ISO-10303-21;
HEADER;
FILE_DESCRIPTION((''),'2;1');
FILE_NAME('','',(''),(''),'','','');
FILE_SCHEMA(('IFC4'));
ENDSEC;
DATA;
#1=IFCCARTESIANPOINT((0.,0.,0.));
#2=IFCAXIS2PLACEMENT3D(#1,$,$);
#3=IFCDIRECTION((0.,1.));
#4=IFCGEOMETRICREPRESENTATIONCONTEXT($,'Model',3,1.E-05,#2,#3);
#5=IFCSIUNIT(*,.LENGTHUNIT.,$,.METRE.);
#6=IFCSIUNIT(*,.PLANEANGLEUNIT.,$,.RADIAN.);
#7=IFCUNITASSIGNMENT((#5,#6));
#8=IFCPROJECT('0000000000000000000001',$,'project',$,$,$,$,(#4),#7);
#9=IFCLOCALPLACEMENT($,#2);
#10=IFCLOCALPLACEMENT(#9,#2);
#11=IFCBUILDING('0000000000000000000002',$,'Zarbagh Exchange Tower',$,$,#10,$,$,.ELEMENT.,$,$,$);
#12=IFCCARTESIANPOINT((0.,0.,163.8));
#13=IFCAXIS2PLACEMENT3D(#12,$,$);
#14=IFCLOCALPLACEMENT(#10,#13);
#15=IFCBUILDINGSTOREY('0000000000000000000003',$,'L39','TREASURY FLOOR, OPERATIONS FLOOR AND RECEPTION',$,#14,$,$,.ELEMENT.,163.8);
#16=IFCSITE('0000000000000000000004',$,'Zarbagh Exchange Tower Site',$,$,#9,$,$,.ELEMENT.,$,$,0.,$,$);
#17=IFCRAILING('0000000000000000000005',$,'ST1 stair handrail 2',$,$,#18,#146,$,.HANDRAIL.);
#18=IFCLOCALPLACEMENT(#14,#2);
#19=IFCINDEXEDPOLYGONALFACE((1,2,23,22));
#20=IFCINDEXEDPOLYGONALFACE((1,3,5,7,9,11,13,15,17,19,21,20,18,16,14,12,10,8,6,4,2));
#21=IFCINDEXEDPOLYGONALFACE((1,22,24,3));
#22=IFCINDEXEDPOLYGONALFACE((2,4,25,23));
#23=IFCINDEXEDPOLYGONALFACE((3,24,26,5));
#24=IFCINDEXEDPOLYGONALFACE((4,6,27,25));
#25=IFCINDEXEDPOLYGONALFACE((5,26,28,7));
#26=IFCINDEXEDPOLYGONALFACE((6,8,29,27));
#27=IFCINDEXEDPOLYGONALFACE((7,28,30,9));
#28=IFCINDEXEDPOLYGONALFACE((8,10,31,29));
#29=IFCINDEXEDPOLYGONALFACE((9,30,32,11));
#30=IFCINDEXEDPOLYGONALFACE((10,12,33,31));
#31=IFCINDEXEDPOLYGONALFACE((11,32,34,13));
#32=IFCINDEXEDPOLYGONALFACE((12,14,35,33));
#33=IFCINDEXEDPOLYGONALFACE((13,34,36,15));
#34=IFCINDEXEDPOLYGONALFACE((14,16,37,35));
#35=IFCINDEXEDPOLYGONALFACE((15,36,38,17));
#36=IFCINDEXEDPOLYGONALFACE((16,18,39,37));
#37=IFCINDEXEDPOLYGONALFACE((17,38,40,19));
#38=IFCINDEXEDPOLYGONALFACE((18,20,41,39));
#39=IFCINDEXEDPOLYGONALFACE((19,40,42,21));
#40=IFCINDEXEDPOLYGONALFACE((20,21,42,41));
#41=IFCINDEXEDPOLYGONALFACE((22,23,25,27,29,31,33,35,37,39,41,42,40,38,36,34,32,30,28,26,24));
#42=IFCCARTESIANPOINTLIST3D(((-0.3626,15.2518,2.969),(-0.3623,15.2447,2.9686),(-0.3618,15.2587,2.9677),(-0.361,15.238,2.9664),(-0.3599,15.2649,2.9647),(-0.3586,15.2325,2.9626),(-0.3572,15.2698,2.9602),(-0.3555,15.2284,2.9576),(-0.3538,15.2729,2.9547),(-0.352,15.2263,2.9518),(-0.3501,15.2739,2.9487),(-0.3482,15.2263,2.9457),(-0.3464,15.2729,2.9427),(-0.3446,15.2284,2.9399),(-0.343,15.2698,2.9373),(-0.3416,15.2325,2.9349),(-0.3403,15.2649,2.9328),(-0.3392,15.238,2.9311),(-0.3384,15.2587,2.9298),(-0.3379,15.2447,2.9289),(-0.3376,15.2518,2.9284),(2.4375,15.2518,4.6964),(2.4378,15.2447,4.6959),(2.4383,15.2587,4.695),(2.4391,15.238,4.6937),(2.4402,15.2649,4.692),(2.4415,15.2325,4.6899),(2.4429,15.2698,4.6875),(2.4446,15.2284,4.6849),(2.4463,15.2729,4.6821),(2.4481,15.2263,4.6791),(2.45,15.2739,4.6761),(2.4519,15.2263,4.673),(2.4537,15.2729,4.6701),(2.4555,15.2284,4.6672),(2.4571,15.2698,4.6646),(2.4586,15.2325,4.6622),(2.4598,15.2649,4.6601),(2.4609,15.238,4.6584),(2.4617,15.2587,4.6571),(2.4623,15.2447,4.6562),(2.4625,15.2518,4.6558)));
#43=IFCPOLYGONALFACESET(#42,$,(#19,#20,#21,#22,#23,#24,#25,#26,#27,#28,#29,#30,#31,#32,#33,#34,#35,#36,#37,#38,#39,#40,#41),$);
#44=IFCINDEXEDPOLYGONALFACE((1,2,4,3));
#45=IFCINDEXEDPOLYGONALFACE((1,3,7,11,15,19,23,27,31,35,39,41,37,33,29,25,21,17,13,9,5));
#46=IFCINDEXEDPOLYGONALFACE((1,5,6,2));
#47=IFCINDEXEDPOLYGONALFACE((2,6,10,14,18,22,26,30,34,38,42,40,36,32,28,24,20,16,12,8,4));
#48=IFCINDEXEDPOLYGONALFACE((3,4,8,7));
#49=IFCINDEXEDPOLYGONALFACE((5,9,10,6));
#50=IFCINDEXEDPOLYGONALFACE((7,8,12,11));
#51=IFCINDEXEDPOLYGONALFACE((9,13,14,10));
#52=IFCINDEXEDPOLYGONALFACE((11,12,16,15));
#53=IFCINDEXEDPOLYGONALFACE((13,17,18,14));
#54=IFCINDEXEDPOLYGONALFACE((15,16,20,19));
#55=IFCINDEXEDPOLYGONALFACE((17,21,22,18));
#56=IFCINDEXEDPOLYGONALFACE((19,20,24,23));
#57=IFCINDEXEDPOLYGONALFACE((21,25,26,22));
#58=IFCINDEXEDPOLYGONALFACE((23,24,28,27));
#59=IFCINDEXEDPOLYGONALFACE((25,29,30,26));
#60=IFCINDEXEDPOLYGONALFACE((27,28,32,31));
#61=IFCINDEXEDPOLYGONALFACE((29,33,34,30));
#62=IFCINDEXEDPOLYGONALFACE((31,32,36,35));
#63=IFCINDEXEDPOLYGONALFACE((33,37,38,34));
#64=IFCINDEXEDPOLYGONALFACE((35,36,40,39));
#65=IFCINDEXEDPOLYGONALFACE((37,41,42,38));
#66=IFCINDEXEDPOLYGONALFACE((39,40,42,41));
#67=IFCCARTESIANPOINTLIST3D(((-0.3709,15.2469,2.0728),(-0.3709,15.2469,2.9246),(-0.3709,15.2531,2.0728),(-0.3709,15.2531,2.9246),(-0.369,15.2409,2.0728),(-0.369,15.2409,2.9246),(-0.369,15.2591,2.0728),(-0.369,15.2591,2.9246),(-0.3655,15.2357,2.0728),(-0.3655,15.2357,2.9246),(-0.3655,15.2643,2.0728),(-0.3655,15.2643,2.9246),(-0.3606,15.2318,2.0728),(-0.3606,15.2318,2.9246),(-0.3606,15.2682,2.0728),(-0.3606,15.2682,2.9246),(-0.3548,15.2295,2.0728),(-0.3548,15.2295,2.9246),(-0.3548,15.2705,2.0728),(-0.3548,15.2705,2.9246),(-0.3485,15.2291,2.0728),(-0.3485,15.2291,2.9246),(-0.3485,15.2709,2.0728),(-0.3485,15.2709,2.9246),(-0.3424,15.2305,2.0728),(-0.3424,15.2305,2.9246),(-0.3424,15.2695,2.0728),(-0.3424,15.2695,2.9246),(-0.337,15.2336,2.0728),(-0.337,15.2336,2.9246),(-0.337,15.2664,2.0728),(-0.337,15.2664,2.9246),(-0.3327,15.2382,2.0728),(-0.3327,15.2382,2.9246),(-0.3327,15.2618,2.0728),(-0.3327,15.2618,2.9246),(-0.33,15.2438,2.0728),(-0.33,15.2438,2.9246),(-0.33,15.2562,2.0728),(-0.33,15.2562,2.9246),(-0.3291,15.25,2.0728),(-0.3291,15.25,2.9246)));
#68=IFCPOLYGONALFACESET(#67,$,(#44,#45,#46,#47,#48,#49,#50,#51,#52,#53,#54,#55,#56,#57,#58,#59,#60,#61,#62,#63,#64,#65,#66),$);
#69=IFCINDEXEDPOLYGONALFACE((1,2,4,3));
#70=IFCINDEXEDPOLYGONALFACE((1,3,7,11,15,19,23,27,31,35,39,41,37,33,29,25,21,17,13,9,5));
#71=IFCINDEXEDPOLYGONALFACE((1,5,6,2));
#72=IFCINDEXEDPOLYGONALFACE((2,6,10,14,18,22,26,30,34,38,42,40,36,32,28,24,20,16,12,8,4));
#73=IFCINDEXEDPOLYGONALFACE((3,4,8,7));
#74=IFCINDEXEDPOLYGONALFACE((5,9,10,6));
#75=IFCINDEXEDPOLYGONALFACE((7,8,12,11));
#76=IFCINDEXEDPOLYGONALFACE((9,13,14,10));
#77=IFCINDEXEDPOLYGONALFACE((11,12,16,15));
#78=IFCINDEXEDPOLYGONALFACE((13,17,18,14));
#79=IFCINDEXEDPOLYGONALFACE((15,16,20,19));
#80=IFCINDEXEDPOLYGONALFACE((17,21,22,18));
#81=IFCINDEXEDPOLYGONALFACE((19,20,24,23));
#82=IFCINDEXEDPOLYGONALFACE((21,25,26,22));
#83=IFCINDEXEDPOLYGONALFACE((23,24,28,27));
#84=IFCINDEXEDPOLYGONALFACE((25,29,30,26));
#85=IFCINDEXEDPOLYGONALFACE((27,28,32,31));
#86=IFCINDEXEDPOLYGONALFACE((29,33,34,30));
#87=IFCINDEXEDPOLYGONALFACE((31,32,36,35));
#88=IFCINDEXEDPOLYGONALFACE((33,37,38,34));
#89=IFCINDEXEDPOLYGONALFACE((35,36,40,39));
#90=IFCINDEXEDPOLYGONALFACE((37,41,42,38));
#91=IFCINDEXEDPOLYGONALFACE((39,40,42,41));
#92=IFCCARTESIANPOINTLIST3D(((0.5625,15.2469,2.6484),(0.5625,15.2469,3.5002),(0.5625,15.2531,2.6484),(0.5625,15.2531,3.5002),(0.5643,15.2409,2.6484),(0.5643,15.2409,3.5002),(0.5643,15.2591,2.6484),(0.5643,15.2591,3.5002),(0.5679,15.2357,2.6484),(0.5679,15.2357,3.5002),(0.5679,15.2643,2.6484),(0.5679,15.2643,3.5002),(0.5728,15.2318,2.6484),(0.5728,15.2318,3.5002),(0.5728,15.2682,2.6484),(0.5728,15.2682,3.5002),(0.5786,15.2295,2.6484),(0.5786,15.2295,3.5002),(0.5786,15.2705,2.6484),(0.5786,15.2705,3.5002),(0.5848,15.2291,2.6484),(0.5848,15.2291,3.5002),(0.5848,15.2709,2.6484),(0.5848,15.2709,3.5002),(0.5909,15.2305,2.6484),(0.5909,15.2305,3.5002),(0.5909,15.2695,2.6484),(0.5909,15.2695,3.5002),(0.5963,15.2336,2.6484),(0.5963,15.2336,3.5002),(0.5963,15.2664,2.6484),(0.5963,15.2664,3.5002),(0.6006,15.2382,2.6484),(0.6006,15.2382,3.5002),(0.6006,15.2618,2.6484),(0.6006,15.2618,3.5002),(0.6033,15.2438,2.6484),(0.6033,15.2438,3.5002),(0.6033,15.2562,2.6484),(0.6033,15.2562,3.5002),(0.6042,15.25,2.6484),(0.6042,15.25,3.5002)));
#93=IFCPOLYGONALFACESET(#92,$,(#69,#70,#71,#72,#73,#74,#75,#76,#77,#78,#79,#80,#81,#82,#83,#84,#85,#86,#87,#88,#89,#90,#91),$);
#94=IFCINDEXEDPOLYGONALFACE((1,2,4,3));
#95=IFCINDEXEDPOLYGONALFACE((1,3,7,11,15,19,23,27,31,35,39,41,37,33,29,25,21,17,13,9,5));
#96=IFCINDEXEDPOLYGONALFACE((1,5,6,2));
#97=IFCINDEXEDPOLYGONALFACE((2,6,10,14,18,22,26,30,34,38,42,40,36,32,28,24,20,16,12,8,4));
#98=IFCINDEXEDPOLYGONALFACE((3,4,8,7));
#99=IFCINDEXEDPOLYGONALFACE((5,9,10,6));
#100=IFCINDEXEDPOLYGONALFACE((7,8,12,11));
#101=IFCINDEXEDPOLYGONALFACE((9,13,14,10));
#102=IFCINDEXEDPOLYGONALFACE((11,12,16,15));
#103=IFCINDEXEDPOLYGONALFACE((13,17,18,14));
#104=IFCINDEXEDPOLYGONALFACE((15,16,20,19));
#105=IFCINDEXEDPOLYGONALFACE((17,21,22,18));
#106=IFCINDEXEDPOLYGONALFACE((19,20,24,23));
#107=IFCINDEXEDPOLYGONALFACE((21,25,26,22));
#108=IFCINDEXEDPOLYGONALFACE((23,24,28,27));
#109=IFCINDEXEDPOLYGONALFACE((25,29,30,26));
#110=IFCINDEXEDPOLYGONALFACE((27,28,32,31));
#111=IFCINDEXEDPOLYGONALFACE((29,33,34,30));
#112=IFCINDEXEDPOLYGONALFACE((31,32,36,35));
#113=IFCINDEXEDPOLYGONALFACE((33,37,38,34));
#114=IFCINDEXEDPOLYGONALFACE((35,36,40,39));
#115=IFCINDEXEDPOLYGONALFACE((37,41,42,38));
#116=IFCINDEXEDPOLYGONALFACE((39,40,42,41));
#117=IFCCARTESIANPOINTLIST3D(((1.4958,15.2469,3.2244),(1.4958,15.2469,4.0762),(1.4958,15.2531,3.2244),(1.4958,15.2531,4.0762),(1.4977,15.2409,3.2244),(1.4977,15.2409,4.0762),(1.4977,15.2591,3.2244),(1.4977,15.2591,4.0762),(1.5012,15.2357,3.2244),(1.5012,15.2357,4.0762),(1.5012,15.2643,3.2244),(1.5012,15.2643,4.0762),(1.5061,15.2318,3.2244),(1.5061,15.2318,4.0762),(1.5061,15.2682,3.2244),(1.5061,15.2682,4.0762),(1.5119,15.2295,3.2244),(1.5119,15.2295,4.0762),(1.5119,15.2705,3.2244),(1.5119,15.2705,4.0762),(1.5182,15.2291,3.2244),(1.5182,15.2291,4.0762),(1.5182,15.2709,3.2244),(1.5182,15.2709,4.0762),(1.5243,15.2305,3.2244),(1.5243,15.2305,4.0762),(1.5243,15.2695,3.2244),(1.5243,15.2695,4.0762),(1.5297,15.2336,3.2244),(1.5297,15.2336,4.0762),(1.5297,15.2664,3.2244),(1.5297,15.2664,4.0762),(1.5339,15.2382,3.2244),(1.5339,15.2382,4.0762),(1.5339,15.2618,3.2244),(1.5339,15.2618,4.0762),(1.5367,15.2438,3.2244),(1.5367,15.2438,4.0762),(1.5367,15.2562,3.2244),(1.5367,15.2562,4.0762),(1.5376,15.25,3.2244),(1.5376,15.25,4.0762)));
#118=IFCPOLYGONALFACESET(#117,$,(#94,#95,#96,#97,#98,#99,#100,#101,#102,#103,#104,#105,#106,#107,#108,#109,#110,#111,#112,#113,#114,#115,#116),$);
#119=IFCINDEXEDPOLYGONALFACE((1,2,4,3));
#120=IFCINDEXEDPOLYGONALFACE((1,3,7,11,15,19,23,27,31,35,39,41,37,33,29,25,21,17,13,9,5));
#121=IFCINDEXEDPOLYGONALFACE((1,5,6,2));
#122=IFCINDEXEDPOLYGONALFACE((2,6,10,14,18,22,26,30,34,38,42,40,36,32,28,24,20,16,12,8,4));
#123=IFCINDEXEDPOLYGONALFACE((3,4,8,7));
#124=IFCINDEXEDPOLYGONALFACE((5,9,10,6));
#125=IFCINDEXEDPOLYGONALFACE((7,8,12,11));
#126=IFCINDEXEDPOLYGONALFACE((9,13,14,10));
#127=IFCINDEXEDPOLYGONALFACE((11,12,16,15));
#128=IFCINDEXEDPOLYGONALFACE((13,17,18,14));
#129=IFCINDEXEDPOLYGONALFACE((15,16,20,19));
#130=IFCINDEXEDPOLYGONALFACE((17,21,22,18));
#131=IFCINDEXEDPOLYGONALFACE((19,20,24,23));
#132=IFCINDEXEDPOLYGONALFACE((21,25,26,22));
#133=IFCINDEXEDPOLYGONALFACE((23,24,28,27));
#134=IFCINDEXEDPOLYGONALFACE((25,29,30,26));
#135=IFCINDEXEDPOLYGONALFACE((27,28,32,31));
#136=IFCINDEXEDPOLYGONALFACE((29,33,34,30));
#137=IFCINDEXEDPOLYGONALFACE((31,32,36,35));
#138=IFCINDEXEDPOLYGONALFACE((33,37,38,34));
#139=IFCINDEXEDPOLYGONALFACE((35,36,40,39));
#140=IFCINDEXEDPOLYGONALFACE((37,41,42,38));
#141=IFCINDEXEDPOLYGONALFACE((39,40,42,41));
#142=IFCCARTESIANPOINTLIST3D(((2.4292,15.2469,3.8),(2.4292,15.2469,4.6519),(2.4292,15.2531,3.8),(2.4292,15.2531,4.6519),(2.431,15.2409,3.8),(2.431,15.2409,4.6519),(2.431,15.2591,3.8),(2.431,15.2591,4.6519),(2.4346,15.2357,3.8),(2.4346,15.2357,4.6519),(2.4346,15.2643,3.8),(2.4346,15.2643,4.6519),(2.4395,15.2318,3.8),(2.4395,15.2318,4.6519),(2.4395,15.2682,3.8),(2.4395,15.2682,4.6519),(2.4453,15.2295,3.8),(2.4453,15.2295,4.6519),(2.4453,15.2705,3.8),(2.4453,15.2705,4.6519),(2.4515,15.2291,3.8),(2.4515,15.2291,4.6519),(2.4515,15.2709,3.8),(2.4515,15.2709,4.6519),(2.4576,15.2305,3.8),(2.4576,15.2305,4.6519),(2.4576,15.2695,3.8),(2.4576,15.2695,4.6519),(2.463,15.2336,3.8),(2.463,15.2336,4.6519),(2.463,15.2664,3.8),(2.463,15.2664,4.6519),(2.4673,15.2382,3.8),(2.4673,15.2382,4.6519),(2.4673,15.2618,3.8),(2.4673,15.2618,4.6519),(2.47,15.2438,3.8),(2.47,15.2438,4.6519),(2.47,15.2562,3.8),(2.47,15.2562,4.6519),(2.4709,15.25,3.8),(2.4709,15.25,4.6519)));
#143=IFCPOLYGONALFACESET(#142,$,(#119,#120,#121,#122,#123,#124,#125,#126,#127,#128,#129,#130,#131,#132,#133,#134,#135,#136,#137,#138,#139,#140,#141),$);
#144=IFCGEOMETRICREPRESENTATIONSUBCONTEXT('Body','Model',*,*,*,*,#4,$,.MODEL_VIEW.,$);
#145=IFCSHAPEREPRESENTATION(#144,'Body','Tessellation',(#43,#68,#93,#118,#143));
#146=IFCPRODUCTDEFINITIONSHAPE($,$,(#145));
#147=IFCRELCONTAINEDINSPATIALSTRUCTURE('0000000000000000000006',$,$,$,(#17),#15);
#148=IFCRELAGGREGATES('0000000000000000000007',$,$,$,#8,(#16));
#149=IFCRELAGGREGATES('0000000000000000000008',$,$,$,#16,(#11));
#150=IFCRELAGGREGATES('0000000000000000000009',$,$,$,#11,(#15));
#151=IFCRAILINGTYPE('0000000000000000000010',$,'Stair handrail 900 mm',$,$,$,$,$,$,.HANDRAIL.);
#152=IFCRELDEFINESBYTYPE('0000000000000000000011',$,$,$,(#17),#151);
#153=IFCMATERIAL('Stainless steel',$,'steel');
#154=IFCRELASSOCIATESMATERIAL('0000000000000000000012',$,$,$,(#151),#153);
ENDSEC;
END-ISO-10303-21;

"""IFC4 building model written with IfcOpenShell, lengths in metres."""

from ifc_helpers import new_model, si_unit, direction, frame, origin, origin_2d, place, context, subcontext, project, spatial, circle, extrude, material, type_object, element, save


model = new_model("IFC4")

# Units and contexts
model_context = context("Model", 3, precision=1e-05, world=origin(), true_north=direction((0.0, 1.0)))
body_context = subcontext(model_context, "Body", "Model", "MODEL_VIEW")
ifc_project = project(units=[si_unit("LENGTHUNIT", "METRE"), si_unit("PLANEANGLEUNIT", "RADIAN")], contexts=[model_context])

# Site, building, storey
site_placement = place(None, origin())
site = spatial("IfcSite", under=ifc_project, at=site_placement, Name="Zarbagh Exchange Tower Site", CompositionType="ELEMENT", RefElevation=0.0)
building_placement = place(site_placement, origin())
building = spatial("IfcBuilding", under=site, at=building_placement, Name="Zarbagh Exchange Tower", CompositionType="ELEMENT")
storey_placement = place(building_placement, frame((0.0, 0.0, 163.8)))
storey = spatial("IfcBuildingStorey", under=building, at=storey_placement, Name="L39", Description="TREASURY FLOOR, OPERATIONS FLOOR AND RECEPTION", CompositionType="ELEMENT", Elevation=163.8)

# Railing
ifc_material_1 = material(Name="Stainless steel", Category="steel")
railing_type_1 = type_object("IfcRailingType", Name="Stair handrail 900 mm", PredefinedType="HANDRAIL", material=ifc_material_1)
railing_1_placement = place(storey_placement, frame((-0.3501, 15.25, 2.0728)))
element("IfcRailing", 1, at=railing_1_placement, inside=storey, type_object=railing_type_1, Name="ST1 stair handrail 2", PredefinedType="HANDRAIL", context=body_context, shape_type="SweptSolid", body=[
    extrude(circle(Radius=0.0239, at=origin_2d()), frame((0.0, 0.0, 0.876), z_axis=(0.85109, 0.0, 0.52502), x_axis=(0.0, 1.0, 0.0)), (0.0, 0.0, 1.0), 3.29),
    extrude(circle(Radius=0.021, at=origin_2d()), origin(), (0.0, 0.0, 1.0), 0.8518),
    extrude(circle(Radius=0.021, at=origin_2d()), frame((0.9333, 0.0, 0.5757)), (0.0, 0.0, 1.0), 0.8518),
    extrude(circle(Radius=0.021, at=origin_2d()), frame((1.8667, 0.0, 1.1516)), (0.0, 0.0, 1.0), 0.8518),
    extrude(circle(Radius=0.021, at=origin_2d()), frame((2.8, 0.0, 1.7273)), (0.0, 0.0, 1.0), 0.8518),
])

save(model, "model.ifc")
